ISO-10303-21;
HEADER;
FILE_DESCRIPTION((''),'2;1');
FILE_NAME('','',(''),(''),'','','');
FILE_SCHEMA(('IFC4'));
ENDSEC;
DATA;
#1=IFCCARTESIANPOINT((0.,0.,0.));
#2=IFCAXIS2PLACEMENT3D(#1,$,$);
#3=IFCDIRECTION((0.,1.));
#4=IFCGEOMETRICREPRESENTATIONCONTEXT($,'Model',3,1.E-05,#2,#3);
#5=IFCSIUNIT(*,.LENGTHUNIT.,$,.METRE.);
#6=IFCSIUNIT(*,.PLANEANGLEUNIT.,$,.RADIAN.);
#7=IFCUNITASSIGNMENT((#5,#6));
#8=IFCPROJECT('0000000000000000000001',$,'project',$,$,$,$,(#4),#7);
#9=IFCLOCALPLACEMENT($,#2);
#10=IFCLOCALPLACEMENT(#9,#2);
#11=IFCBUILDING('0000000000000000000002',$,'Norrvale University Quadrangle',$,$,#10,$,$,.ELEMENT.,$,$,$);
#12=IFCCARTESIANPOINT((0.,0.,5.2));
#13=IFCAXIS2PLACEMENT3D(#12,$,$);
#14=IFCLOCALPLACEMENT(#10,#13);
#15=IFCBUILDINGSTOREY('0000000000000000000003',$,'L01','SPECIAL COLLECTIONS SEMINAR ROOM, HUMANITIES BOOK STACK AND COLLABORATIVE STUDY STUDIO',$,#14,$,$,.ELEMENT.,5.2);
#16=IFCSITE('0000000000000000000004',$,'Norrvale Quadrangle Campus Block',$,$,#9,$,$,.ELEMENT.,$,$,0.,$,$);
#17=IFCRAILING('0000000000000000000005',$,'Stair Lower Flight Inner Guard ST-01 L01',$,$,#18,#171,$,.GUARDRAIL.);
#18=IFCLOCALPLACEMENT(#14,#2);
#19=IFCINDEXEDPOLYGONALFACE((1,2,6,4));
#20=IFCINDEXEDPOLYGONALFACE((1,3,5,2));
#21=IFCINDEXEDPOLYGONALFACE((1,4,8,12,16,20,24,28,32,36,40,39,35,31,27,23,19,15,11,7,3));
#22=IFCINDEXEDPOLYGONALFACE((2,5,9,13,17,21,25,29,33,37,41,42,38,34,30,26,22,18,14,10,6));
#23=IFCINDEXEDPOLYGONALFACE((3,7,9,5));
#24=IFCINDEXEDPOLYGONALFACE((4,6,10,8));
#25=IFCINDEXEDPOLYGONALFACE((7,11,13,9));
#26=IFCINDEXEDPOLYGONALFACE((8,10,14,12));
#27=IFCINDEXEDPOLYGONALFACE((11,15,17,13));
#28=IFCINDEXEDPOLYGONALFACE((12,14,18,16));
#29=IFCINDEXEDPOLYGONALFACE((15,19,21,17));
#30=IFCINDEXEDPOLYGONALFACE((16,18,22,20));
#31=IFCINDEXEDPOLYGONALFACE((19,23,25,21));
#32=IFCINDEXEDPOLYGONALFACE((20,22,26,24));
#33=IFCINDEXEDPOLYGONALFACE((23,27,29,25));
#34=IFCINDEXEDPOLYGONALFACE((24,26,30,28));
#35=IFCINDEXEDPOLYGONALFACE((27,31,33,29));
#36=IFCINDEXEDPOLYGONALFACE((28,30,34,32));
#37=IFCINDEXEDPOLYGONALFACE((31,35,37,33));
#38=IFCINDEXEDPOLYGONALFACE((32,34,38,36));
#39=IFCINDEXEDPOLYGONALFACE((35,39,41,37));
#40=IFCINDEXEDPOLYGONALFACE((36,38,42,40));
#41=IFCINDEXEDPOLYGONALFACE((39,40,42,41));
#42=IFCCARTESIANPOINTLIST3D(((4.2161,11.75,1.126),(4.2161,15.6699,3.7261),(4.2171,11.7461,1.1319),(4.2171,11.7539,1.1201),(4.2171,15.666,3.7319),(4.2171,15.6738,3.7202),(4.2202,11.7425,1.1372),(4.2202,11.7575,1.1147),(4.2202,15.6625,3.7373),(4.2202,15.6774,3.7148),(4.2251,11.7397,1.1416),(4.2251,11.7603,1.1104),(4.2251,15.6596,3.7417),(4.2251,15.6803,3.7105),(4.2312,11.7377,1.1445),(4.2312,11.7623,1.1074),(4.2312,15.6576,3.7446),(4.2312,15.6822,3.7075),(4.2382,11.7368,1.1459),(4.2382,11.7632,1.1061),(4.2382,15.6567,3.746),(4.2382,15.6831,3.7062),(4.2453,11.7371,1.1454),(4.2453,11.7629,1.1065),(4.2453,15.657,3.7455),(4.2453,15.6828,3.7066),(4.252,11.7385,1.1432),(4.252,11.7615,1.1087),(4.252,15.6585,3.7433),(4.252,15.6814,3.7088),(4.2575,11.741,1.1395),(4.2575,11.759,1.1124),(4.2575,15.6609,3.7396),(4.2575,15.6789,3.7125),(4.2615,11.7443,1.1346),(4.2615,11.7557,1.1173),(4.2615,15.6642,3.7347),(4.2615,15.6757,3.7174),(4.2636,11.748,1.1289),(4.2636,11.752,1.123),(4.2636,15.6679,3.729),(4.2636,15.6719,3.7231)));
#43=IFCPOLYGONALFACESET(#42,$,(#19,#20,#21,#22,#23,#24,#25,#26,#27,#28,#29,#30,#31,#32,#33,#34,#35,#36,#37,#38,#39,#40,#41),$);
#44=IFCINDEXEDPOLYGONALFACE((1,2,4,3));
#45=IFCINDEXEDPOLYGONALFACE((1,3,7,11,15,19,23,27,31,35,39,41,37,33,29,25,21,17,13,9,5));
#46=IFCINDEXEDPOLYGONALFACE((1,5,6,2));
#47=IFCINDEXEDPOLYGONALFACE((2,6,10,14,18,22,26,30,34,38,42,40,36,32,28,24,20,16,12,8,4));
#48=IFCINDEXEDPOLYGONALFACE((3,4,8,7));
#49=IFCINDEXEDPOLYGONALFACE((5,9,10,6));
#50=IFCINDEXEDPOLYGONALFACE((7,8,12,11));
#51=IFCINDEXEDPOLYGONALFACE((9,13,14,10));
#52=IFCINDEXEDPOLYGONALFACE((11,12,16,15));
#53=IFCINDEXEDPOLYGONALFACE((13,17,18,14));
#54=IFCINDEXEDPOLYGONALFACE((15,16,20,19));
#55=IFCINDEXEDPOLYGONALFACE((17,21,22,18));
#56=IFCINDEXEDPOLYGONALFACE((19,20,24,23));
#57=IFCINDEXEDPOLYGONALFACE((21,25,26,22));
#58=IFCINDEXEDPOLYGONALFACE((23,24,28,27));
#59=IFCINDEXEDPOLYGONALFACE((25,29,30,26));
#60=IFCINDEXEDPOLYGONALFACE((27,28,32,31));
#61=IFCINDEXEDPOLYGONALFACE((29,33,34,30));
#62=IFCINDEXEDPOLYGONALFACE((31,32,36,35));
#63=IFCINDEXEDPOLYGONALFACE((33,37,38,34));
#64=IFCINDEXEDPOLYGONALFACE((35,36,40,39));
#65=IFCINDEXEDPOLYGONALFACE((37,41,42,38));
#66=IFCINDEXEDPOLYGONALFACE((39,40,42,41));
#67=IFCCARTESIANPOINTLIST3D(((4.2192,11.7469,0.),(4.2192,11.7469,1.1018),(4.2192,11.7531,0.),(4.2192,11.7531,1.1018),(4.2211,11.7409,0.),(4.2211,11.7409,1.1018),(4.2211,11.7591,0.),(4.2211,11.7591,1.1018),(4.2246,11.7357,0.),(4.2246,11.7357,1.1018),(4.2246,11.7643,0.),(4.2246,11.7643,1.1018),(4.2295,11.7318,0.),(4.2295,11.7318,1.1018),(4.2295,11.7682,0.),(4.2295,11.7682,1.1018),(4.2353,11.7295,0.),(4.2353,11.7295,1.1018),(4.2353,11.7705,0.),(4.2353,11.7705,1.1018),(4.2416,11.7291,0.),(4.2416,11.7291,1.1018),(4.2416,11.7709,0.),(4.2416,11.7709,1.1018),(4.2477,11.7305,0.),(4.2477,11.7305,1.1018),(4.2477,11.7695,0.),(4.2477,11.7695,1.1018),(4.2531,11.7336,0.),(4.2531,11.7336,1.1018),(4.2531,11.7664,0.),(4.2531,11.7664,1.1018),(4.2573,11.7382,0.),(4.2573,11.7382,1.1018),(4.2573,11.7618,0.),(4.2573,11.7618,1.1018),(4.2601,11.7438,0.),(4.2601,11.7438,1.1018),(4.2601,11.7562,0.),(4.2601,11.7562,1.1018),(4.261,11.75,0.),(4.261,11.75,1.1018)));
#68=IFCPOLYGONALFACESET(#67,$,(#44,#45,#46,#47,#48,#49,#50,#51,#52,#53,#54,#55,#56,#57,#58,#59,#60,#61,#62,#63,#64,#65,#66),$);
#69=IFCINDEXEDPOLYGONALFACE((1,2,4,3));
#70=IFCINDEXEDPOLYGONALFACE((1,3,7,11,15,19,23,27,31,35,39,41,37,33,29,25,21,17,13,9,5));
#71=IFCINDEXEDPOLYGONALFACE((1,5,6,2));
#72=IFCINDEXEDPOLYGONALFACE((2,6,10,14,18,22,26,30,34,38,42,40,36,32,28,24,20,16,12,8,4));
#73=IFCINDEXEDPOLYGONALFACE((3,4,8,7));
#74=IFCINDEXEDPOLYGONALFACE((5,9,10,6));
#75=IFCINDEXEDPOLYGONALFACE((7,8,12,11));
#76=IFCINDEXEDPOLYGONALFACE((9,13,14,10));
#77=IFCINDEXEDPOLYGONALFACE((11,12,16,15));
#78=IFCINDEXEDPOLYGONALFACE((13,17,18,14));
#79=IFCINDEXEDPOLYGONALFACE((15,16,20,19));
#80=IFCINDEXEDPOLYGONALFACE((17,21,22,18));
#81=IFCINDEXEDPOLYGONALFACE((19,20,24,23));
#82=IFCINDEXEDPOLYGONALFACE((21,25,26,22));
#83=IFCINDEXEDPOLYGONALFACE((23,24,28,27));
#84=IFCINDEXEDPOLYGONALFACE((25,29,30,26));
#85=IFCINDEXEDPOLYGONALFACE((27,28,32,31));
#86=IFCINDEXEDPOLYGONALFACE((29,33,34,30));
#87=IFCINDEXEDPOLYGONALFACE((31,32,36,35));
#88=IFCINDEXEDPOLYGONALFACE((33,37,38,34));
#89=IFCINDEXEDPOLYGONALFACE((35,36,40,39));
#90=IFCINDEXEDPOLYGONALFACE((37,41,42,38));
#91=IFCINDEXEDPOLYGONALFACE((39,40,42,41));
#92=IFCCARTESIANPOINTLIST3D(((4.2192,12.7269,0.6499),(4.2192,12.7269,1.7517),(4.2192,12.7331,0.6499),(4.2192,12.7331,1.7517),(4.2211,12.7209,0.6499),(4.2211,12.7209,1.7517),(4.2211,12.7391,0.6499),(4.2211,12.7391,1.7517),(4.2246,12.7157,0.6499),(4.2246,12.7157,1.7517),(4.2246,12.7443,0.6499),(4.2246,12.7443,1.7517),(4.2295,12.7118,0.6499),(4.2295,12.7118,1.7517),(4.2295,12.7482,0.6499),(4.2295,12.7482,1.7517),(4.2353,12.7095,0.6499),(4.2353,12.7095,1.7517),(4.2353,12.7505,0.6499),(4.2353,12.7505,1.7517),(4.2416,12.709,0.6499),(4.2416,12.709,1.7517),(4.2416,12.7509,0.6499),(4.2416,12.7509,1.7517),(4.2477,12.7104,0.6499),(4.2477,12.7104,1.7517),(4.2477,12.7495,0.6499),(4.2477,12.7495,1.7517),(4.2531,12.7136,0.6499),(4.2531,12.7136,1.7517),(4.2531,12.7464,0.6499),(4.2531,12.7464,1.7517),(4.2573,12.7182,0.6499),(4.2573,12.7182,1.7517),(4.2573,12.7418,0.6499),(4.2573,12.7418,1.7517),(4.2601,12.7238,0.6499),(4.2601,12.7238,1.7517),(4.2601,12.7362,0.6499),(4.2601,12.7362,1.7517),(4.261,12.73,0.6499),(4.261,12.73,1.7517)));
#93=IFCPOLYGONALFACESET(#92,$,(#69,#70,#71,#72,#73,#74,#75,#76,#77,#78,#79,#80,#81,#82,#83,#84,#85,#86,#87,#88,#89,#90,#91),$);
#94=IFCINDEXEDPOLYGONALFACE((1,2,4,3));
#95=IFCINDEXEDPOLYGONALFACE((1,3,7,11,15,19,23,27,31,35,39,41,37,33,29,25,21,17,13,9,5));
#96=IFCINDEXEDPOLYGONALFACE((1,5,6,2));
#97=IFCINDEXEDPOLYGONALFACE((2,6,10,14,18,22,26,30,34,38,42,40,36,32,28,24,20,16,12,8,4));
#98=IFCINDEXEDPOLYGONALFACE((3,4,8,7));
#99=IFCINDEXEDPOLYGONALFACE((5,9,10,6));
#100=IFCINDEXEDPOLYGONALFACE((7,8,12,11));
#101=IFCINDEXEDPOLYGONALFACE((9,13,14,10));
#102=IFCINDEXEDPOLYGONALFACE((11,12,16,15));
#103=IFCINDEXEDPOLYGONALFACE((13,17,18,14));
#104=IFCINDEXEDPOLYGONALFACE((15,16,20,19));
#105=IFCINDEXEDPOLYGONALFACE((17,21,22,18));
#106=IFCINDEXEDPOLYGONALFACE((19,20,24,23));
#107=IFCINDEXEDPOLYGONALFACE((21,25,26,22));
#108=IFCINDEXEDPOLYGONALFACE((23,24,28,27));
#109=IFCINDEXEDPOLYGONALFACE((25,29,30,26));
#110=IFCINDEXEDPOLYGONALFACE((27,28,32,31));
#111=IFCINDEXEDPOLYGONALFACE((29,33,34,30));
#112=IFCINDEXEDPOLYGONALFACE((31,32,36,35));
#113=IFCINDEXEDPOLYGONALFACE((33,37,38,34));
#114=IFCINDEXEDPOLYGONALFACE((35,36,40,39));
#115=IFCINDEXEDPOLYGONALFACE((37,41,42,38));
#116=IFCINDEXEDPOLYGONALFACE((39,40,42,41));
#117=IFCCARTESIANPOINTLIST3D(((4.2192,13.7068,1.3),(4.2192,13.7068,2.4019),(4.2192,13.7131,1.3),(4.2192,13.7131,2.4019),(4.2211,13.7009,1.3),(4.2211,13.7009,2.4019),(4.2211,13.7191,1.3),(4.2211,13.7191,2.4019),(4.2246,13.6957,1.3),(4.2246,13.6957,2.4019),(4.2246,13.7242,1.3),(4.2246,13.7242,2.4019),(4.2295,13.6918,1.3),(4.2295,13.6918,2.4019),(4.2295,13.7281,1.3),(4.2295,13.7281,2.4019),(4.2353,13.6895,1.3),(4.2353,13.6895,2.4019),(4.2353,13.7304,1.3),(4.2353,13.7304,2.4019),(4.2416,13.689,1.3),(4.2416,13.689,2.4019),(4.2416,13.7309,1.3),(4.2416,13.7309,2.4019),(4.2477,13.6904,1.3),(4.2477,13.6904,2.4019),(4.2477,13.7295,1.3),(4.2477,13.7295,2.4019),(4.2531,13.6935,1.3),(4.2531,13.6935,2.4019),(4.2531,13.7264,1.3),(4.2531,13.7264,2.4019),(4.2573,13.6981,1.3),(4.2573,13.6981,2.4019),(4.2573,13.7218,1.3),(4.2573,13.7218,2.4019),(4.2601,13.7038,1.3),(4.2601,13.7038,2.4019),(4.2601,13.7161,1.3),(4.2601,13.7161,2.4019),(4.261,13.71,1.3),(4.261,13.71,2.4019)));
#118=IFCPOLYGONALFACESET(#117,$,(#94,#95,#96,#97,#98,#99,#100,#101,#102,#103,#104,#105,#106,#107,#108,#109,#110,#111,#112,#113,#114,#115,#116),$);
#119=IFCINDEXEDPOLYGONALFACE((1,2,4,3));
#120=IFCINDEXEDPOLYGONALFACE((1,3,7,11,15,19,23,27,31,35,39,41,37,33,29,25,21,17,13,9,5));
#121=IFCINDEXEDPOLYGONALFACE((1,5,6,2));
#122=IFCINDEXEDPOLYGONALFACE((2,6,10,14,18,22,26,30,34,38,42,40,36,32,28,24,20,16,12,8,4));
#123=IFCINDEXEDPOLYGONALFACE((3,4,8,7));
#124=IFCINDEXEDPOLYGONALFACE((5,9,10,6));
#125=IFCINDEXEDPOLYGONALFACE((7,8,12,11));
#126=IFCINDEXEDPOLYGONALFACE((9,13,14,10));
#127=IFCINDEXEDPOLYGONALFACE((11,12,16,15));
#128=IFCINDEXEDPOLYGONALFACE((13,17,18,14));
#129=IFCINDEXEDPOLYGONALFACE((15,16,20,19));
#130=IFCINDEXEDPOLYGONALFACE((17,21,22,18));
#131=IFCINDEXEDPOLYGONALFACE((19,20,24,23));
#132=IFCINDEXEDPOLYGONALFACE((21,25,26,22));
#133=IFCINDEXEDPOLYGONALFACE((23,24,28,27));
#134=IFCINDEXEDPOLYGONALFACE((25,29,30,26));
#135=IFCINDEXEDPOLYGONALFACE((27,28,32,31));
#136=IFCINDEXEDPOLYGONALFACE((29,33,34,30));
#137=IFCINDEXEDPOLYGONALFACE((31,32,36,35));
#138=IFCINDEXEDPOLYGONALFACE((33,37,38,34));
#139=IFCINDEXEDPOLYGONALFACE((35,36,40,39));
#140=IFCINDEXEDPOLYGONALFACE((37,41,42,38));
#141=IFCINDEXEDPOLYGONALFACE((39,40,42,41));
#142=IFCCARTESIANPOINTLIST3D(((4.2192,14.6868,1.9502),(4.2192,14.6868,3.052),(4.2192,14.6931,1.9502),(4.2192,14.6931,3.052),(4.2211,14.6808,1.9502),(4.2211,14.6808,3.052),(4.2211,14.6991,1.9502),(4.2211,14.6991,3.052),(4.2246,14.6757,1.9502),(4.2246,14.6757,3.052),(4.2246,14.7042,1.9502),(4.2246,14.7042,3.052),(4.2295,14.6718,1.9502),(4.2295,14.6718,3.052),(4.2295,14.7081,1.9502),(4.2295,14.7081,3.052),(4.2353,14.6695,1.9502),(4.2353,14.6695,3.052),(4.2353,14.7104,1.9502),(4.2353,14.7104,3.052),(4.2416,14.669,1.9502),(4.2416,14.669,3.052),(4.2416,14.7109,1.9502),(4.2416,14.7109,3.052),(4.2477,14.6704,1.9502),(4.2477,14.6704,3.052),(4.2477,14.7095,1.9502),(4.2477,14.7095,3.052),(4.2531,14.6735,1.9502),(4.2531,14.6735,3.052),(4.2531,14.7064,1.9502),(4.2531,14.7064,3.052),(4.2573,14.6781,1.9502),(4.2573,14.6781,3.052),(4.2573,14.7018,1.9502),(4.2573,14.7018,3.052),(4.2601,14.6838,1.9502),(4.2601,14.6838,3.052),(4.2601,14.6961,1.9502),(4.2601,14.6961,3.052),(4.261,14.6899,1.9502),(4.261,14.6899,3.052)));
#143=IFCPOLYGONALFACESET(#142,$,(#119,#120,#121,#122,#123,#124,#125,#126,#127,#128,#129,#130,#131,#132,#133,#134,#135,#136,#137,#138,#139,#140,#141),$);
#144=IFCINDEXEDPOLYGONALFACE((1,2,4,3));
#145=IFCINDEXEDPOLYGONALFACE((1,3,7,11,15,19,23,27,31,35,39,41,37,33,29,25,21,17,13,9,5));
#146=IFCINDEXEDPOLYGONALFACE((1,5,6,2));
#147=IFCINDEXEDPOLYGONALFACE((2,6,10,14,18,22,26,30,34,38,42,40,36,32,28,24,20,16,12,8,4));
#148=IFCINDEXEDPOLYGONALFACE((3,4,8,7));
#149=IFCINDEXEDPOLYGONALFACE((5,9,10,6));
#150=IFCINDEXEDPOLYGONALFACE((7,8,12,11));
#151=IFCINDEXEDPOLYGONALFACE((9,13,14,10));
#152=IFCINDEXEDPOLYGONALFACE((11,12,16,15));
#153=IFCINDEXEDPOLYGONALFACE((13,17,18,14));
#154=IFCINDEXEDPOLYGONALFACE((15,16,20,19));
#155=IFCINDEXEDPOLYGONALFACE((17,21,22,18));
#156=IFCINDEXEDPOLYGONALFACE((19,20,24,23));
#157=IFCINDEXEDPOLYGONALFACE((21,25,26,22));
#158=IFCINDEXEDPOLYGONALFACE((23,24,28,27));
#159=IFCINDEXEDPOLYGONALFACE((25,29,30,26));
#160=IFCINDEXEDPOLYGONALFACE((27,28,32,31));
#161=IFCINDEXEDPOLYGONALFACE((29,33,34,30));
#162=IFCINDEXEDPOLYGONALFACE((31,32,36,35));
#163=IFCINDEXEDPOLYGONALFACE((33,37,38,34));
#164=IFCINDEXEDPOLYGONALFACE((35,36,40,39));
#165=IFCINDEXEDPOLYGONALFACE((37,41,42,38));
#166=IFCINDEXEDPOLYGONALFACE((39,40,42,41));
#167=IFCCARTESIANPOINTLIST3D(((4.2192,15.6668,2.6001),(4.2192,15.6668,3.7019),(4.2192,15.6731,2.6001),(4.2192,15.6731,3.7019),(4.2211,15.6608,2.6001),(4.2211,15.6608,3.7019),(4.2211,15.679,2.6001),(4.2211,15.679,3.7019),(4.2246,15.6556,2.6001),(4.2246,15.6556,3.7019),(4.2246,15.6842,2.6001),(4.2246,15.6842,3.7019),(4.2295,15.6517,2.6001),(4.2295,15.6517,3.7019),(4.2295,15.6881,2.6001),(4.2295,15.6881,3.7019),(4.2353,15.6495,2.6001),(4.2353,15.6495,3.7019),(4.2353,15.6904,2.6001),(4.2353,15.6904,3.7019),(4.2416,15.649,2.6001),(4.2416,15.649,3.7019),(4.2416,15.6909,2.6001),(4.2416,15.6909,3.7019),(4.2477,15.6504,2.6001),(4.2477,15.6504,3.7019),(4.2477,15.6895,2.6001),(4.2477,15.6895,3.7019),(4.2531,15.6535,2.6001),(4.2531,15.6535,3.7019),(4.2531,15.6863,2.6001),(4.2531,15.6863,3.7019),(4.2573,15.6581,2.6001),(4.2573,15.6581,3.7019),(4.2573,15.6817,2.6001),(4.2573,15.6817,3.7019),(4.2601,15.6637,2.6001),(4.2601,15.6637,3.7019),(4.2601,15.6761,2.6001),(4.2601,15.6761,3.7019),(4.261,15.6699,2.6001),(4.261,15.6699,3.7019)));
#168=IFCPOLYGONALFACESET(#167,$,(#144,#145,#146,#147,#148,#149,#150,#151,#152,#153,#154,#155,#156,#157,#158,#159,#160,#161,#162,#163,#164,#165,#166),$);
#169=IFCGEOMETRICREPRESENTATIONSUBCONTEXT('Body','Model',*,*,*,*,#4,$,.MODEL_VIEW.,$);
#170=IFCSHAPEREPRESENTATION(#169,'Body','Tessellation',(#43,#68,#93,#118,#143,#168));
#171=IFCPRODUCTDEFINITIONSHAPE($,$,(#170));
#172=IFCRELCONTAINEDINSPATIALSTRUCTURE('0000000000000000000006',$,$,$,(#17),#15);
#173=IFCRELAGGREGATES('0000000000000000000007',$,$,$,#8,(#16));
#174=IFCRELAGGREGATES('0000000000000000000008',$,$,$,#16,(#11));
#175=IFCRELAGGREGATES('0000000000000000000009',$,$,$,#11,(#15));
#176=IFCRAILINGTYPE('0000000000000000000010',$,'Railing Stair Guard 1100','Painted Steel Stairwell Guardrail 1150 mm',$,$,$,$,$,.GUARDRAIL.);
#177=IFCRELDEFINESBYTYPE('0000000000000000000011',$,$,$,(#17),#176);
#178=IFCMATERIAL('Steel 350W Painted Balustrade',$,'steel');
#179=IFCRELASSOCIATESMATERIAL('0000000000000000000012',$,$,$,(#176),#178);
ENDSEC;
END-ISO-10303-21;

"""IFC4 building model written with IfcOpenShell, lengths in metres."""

from ifc_helpers import new_model, si_unit, direction, frame, origin, origin_2d, place, context, subcontext, project, spatial, circle, extrude, material, type_object, element, save


model = new_model("IFC4")

# Units and contexts
model_context = context("Model", 3, precision=1e-05, world=origin(), true_north=direction((0.0, 1.0)))
body_context = subcontext(model_context, "Body", "Model", "MODEL_VIEW")
ifc_project = project(units=[si_unit("LENGTHUNIT", "METRE"), si_unit("PLANEANGLEUNIT", "RADIAN")], contexts=[model_context])

# Site, building, storey
site_placement = place(None, origin())
site = spatial("IfcSite", under=ifc_project, at=site_placement, Name="Norrvale Quadrangle Campus Block", CompositionType="ELEMENT", RefElevation=0.0)
building_placement = place(site_placement, origin())
building = spatial("IfcBuilding", under=site, at=building_placement, Name="Norrvale University Quadrangle", CompositionType="ELEMENT")
storey_placement = place(building_placement, frame((0.0, 0.0, 5.2)))
storey = spatial("IfcBuildingStorey", under=building, at=storey_placement, Name="L01", Description="SPECIAL COLLECTIONS SEMINAR ROOM, HUMANITIES BOOK STACK AND COLLABORATIVE STUDY STUDIO", CompositionType="ELEMENT", Elevation=5.2)

# Railing
ifc_material_1 = material(Name="Steel 350W Painted Balustrade", Category="steel")
railing_type_1 = type_object("IfcRailingType", Name="Railing Stair Guard 1100", Description="Painted Steel Stairwell Guardrail 1150 mm", PredefinedType="GUARDRAIL", material=ifc_material_1)
railing_1_placement = place(storey_placement, frame((4.24, 11.75, 0.0)))
element("IfcRailing", 1, at=railing_1_placement, inside=storey, type_object=railing_type_1, Name="Stair Lower Flight Inner Guard ST-01 L01", PredefinedType="GUARDRAIL", context=body_context, shape_type="SweptSolid", body=[
    extrude(circle(Radius=0.0239, at=origin_2d()), frame((0.0, 0.0, 1.126), z_axis=(0.0, 0.833342, 0.552758), x_axis=(-1.0, 0.0, 0.0)), (0.0, 0.0, 1.0), 4.7039),
    extrude(circle(Radius=0.021, at=origin_2d()), origin(), (0.0, 0.0, 1.0), 1.1018),
    extrude(circle(Radius=0.021, at=origin_2d()), frame((0.0, 0.98, 0.6499)), (0.0, 0.0, 1.0), 1.1018),
    extrude(circle(Radius=0.021, at=origin_2d()), frame((0.0, 1.96, 1.3)), (0.0, 0.0, 1.0), 1.1018),
    extrude(circle(Radius=0.021, at=origin_2d()), frame((0.0, 2.9399, 1.9502)), (0.0, 0.0, 1.0), 1.1018),
    extrude(circle(Radius=0.021, at=origin_2d()), frame((0.0, 3.9199, 2.6001)), (0.0, 0.0, 1.0), 1.1018),
])

save(model, "model.ifc")
